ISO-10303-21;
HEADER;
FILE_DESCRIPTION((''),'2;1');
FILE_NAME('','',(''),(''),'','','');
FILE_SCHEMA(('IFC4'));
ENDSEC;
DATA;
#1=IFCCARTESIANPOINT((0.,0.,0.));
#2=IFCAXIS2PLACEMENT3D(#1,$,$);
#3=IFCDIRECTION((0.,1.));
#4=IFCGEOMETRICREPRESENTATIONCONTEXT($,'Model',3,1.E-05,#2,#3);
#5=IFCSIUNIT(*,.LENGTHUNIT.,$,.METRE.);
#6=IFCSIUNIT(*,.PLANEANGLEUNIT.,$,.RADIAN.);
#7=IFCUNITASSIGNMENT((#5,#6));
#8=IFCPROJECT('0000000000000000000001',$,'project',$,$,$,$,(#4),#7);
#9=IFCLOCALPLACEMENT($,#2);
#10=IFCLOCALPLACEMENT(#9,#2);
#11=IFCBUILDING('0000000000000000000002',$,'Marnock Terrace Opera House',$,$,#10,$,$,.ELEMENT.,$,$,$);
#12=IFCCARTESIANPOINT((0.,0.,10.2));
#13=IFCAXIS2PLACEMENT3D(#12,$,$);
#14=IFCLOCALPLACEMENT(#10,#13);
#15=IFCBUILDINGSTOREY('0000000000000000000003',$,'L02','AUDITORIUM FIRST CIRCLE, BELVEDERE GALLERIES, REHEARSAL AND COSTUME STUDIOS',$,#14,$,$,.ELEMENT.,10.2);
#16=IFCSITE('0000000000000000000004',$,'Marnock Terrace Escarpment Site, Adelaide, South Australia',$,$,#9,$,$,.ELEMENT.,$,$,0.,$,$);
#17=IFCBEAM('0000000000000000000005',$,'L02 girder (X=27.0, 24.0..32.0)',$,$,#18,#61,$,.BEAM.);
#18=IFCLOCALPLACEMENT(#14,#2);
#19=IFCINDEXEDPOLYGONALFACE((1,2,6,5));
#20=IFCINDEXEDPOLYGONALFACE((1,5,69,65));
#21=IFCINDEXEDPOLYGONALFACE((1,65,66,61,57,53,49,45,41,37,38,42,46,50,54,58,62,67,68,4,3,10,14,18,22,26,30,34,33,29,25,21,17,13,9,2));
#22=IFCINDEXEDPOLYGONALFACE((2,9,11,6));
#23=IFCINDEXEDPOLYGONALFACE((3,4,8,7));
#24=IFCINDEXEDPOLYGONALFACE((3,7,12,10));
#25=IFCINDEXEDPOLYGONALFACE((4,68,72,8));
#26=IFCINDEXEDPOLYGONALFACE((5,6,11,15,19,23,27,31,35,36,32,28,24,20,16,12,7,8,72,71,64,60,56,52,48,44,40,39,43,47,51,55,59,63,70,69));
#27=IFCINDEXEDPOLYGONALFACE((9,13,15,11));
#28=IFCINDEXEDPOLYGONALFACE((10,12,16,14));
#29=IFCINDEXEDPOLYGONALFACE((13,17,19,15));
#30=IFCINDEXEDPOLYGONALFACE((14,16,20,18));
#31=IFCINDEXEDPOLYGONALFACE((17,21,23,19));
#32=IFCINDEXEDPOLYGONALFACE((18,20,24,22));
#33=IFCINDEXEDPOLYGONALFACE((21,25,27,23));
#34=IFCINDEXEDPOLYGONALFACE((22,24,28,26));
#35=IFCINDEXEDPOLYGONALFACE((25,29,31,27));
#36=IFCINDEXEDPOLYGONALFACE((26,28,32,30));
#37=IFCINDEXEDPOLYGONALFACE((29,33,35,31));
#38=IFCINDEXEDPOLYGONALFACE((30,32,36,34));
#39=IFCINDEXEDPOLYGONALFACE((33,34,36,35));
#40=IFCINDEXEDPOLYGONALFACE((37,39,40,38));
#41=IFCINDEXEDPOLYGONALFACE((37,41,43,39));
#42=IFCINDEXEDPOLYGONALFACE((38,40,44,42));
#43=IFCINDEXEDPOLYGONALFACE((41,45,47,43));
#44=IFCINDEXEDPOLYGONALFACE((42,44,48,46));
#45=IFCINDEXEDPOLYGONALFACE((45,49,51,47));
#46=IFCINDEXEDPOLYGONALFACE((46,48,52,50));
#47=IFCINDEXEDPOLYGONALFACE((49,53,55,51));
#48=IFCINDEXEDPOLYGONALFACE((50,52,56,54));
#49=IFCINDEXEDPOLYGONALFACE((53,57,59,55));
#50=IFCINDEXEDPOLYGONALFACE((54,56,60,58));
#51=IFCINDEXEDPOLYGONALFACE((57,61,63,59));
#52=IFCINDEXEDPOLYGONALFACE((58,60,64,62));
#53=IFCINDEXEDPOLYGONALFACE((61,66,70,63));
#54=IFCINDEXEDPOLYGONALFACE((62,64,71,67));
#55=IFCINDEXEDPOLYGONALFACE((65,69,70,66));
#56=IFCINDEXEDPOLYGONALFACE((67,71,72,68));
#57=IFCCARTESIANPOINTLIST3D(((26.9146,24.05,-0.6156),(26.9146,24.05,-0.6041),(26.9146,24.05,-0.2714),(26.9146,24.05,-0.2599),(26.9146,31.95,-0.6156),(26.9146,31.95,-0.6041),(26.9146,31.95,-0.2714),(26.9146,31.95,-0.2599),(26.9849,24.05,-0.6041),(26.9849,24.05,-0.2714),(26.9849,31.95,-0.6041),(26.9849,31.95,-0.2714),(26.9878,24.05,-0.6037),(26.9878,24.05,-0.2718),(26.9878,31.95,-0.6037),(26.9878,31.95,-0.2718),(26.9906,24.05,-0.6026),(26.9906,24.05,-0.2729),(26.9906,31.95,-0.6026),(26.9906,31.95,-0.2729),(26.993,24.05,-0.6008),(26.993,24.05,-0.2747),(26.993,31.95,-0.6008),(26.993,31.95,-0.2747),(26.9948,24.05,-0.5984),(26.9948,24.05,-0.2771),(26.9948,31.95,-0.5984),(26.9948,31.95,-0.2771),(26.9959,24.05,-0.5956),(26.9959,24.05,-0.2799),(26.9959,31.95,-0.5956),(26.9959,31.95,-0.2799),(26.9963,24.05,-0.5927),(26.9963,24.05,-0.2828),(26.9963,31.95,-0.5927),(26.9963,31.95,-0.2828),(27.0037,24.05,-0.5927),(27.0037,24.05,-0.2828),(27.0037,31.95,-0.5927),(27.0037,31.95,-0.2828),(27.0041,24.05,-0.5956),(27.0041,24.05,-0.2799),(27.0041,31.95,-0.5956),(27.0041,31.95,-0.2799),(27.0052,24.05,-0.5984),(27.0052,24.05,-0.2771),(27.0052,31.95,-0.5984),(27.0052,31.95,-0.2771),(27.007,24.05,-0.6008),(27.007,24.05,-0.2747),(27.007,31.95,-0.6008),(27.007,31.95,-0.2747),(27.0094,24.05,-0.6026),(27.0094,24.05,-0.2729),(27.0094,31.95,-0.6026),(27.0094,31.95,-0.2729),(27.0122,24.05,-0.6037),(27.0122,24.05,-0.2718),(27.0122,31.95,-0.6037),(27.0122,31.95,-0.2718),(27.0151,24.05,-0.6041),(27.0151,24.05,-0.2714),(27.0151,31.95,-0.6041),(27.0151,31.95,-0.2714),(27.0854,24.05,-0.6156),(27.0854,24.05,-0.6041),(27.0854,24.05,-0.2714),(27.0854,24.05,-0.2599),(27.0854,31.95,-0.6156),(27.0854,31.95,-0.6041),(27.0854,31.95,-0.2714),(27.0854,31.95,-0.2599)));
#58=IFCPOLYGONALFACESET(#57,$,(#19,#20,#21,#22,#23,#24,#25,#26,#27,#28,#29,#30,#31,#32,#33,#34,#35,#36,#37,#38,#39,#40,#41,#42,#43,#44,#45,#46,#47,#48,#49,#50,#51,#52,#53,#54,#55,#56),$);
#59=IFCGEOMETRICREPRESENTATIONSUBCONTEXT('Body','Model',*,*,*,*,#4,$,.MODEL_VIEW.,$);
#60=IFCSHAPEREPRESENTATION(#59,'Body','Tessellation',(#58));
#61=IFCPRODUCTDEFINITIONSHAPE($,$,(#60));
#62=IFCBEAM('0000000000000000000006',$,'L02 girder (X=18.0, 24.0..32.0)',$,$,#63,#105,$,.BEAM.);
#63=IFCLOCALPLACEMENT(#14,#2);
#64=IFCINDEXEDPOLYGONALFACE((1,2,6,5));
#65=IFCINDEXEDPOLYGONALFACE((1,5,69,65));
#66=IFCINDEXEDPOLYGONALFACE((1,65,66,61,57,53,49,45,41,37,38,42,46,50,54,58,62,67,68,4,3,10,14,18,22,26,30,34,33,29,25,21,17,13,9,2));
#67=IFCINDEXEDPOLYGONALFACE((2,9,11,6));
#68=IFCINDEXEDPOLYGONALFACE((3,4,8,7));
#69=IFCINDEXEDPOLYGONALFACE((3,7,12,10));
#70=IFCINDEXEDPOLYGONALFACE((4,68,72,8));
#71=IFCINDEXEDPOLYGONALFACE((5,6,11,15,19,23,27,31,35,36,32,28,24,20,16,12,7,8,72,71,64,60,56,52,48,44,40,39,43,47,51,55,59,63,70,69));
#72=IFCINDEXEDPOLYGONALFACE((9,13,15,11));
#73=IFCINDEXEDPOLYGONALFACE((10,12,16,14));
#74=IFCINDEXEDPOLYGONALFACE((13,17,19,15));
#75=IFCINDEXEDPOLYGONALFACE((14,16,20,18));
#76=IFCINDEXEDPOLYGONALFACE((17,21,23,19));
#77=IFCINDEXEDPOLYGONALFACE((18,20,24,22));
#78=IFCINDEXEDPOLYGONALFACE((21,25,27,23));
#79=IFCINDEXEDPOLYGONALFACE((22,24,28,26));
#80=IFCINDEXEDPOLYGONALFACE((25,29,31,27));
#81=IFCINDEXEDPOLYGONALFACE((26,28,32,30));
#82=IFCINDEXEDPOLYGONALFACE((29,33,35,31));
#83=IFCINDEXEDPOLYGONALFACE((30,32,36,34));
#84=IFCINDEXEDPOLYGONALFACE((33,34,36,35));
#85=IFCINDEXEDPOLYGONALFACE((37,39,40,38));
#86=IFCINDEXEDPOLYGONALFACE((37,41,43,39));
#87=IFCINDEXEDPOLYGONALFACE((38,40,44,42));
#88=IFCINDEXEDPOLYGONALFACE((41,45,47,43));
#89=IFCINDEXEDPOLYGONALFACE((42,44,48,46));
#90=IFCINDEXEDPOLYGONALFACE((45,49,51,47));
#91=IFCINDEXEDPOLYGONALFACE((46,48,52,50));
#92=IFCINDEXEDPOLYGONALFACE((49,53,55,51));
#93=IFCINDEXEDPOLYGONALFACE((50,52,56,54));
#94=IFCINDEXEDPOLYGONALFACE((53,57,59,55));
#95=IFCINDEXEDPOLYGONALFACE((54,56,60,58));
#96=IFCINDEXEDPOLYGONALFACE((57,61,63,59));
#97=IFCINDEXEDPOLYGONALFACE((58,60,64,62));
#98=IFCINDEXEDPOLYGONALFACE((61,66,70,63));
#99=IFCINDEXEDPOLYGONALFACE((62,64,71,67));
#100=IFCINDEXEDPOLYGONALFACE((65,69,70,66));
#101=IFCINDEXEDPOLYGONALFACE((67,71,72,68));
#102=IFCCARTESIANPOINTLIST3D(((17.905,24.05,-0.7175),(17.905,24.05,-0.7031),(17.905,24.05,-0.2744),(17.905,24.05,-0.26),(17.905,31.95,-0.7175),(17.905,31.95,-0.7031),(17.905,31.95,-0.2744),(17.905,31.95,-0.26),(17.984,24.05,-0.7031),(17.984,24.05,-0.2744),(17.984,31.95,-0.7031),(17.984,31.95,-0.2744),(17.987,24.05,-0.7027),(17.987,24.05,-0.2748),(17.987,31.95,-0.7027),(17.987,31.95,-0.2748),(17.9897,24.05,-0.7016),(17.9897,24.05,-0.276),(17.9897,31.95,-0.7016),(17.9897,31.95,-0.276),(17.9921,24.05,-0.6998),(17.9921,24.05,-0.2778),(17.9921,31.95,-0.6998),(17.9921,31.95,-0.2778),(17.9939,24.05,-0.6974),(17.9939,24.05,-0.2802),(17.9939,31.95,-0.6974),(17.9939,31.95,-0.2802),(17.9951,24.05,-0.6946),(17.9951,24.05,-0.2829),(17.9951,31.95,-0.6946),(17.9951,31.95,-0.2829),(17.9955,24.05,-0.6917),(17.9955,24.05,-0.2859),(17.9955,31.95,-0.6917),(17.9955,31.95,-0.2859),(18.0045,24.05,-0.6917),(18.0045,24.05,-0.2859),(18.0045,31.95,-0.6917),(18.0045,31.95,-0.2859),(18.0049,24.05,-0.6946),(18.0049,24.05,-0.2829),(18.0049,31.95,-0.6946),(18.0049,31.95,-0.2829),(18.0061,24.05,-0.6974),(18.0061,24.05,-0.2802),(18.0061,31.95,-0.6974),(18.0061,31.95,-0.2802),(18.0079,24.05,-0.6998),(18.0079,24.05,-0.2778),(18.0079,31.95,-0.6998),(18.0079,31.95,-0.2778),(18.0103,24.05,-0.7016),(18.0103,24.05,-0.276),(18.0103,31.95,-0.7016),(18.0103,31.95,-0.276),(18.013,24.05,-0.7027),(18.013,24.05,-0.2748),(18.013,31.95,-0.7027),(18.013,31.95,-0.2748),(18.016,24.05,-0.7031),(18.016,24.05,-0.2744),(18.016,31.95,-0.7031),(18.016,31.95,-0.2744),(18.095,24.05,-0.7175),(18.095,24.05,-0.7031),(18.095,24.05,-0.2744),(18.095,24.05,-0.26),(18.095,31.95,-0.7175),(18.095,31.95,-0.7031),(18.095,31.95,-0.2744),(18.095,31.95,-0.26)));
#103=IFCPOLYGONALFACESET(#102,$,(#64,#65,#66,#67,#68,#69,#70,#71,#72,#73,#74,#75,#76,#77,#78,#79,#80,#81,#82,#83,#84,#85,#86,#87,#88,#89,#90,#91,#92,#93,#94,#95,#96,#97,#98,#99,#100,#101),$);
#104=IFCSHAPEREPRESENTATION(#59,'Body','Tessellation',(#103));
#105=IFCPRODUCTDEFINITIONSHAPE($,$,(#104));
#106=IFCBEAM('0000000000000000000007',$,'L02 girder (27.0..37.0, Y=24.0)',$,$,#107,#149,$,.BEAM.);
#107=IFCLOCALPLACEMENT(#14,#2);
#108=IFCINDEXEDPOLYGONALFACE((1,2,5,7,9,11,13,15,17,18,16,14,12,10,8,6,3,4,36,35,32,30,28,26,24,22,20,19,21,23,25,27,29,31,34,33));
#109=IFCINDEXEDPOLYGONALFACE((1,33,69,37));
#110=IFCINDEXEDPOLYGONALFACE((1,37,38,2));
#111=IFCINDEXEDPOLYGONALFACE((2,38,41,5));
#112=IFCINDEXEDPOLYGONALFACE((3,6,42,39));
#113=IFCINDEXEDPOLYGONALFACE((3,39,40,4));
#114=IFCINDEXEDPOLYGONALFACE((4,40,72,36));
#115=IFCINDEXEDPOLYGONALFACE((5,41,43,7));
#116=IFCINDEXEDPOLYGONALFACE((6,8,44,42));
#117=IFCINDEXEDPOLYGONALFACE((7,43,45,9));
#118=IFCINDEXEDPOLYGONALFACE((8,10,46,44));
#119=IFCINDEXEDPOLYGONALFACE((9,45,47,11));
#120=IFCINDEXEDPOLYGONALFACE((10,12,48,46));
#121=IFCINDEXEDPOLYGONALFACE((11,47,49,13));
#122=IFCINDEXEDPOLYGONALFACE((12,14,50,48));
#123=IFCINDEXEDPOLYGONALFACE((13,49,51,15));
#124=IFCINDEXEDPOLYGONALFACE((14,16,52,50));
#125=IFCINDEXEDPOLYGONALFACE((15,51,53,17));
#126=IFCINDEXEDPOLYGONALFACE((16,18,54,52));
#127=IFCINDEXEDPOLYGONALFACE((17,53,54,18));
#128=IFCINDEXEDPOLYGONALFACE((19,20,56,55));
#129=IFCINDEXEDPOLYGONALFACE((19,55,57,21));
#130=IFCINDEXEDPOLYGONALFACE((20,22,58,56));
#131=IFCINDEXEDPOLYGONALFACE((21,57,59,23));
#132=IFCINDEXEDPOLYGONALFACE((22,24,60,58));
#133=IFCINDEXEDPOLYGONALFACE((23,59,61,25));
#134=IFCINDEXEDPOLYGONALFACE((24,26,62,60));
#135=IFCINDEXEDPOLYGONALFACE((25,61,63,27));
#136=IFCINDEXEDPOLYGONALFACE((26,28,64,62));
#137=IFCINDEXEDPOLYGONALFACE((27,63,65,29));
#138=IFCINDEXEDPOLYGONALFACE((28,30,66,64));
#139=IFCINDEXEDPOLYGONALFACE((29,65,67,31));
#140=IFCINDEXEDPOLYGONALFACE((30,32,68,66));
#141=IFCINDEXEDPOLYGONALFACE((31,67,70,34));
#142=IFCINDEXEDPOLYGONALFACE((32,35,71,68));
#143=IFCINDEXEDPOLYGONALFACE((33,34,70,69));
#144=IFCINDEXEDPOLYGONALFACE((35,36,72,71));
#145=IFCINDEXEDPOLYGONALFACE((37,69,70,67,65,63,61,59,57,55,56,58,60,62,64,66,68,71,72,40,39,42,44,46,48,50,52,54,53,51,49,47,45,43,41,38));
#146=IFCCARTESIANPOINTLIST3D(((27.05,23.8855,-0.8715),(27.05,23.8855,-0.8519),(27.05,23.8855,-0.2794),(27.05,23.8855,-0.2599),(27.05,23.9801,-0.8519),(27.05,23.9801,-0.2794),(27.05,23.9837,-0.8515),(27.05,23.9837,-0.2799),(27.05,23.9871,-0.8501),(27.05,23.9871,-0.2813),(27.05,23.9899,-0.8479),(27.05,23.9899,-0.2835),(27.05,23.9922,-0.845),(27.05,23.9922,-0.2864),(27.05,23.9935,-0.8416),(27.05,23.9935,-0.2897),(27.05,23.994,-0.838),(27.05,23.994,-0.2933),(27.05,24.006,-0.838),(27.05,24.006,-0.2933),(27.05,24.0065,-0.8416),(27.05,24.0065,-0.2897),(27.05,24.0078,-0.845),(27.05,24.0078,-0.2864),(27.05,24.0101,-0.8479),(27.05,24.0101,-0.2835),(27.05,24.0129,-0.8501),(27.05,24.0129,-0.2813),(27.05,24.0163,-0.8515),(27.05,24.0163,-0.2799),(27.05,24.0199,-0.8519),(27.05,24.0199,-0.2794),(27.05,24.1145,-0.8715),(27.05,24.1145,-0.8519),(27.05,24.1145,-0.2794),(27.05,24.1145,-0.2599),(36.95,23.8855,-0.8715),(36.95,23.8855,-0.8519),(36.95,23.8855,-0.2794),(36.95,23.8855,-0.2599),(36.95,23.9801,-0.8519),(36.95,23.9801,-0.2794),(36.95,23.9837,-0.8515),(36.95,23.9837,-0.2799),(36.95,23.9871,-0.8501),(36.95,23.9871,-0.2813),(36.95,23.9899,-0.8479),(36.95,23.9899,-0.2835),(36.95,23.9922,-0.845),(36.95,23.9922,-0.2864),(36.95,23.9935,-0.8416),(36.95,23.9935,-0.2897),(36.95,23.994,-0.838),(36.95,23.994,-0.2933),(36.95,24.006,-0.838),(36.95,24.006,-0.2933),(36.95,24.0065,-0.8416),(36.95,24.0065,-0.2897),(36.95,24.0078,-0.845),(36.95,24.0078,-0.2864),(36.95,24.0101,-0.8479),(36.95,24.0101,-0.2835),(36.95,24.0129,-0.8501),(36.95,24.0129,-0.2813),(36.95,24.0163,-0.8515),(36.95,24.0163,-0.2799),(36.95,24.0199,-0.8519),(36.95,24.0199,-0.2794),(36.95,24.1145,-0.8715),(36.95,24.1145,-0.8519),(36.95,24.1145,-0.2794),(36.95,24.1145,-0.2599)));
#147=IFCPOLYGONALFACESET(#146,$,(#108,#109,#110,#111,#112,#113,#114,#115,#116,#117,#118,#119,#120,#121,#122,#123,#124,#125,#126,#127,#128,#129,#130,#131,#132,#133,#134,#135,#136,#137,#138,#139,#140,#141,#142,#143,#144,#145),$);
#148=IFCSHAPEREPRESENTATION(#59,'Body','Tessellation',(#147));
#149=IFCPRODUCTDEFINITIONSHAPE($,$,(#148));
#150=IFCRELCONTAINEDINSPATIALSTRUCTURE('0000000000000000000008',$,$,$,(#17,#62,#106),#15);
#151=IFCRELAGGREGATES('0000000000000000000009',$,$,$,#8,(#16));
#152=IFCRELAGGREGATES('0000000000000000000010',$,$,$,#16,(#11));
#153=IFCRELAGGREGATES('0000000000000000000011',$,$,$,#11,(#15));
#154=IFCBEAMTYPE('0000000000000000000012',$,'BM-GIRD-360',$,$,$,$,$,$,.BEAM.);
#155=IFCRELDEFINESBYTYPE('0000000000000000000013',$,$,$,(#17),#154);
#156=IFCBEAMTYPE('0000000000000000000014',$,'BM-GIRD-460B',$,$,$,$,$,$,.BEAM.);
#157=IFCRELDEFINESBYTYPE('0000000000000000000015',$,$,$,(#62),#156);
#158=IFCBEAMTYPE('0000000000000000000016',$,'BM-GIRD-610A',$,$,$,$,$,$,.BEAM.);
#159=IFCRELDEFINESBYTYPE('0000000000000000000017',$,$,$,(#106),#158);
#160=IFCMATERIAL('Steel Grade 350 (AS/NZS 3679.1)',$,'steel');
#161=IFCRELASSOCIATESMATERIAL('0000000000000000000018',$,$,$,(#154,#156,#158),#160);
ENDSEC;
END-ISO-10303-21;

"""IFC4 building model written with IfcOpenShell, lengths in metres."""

from ifc_helpers import new_model, si_unit, direction, frame, origin, origin_2d, place, context, subcontext, project, spatial, i_section, extrude, material, material_profile, profile_set, type_object, element, save


model = new_model("IFC4")

# Units and contexts
model_context = context("Model", 3, precision=1e-05, world=origin(), true_north=direction((0.0, 1.0)))
body_context = subcontext(model_context, "Body", "Model", "MODEL_VIEW")
ifc_project = project(units=[si_unit("LENGTHUNIT", "METRE"), si_unit("PLANEANGLEUNIT", "RADIAN")], contexts=[model_context])

# Site, building, storey
site_placement = place(None, origin())
site = spatial("IfcSite", under=ifc_project, at=site_placement, Name="Marnock Terrace Escarpment Site, Adelaide, South Australia", CompositionType="ELEMENT", RefElevation=0.0)
building_placement = place(site_placement, origin())
building = spatial("IfcBuilding", under=site, at=building_placement, Name="Marnock Terrace Opera House", CompositionType="ELEMENT")
storey_placement = place(building_placement, frame((0.0, 0.0, 10.2)))
storey = spatial("IfcBuildingStorey", under=building, at=storey_placement, Name="L02", Description="AUDITORIUM FIRST CIRCLE, BELVEDERE GALLERIES, REHEARSAL AND COSTUME STUDIOS", CompositionType="ELEMENT", Elevation=10.2)

# Beams
ifc_material_1 = material(Name="Steel Grade 350 (AS/NZS 3679.1)", Category="steel")
ifc_material_profile_1 = material_profile(ifc_material_1, i_section(OverallWidth=0.1709, OverallDepth=0.3557, WebThickness=0.0073, FlangeThickness=0.0115, FilletRadius=0.0115, at=origin_2d()))
ifc_profile_set_1 = profile_set([ifc_material_profile_1], Name="Steel Grade 350 (AS/NZS 3679.1)")
beam_type_1 = type_object("IfcBeamType", Name="BM-GIRD-360", PredefinedType="BEAM", material=ifc_profile_set_1)
beam_1_placement = place(storey_placement, frame((27.0, 24.05, -0.4377), z_axis=(0.0, 1.0, 0.0), x_axis=(-1.0, 0.0, 0.0)))
element("IfcBeam", 1, at=beam_1_placement, inside=storey, type_object=beam_type_1, Name="L02 girder (X=27.0, 24.0..32.0)", PredefinedType="BEAM", context=body_context, shape_type="SweptSolid", body=[
    extrude(i_section(OverallWidth=0.1709, OverallDepth=0.3557, WebThickness=0.0073, FlangeThickness=0.0115, FilletRadius=0.0115, at=origin_2d()), origin(), (0.0, 0.0, 1.0), 7.8999),
])
ifc_material_profile_2 = material_profile(ifc_material_1, i_section(OverallWidth=0.1899, OverallDepth=0.4575, WebThickness=0.009, FlangeThickness=0.0144, FilletRadius=0.0115, at=origin_2d()))
ifc_profile_set_2 = profile_set([ifc_material_profile_2], Name="Steel Grade 350 (AS/NZS 3679.1)")
beam_type_2 = type_object("IfcBeamType", Name="BM-GIRD-460B", PredefinedType="BEAM", material=ifc_profile_set_2)
beam_2_placement = place(storey_placement, frame((18.0, 24.05, -0.4888), z_axis=(0.0, 1.0, 0.0), x_axis=(-1.0, 0.0, 0.0)))
element("IfcBeam", 2, at=beam_2_placement, inside=storey, type_object=beam_type_2, Name="L02 girder (X=18.0, 24.0..32.0)", PredefinedType="BEAM", context=body_context, shape_type="SweptSolid", body=[
    extrude(i_section(OverallWidth=0.1899, OverallDepth=0.4575, WebThickness=0.009, FlangeThickness=0.0144, FilletRadius=0.0115, at=origin_2d()), origin(), (0.0, 0.0, 1.0), 7.8999),
])
ifc_material_profile_3 = material_profile(ifc_material_1, i_section(OverallWidth=0.229, OverallDepth=0.6116, WebThickness=0.012, FlangeThickness=0.0195, FilletRadius=0.0139, at=origin_2d()))
ifc_profile_set_3 = profile_set([ifc_material_profile_3], Name="Steel Grade 350 (AS/NZS 3679.1)")
beam_type_3 = type_object("IfcBeamType", Name="BM-GIRD-610A", PredefinedType="BEAM", material=ifc_profile_set_3)
beam_3_placement = place(storey_placement, frame((27.05, 24.0, -0.5657), z_axis=(1.0, 0.0, 0.0), x_axis=(0.0, 1.0, 0.0)))
element("IfcBeam", 3, at=beam_3_placement, inside=storey, type_object=beam_type_3, Name="L02 girder (27.0..37.0, Y=24.0)", PredefinedType="BEAM", context=body_context, shape_type="SweptSolid", body=[
    extrude(i_section(OverallWidth=0.229, OverallDepth=0.6116, WebThickness=0.012, FlangeThickness=0.0195, FilletRadius=0.0139, at=origin_2d()), origin(), (0.0, 0.0, 1.0), 9.8999),
])

save(model, "model.ifc")
